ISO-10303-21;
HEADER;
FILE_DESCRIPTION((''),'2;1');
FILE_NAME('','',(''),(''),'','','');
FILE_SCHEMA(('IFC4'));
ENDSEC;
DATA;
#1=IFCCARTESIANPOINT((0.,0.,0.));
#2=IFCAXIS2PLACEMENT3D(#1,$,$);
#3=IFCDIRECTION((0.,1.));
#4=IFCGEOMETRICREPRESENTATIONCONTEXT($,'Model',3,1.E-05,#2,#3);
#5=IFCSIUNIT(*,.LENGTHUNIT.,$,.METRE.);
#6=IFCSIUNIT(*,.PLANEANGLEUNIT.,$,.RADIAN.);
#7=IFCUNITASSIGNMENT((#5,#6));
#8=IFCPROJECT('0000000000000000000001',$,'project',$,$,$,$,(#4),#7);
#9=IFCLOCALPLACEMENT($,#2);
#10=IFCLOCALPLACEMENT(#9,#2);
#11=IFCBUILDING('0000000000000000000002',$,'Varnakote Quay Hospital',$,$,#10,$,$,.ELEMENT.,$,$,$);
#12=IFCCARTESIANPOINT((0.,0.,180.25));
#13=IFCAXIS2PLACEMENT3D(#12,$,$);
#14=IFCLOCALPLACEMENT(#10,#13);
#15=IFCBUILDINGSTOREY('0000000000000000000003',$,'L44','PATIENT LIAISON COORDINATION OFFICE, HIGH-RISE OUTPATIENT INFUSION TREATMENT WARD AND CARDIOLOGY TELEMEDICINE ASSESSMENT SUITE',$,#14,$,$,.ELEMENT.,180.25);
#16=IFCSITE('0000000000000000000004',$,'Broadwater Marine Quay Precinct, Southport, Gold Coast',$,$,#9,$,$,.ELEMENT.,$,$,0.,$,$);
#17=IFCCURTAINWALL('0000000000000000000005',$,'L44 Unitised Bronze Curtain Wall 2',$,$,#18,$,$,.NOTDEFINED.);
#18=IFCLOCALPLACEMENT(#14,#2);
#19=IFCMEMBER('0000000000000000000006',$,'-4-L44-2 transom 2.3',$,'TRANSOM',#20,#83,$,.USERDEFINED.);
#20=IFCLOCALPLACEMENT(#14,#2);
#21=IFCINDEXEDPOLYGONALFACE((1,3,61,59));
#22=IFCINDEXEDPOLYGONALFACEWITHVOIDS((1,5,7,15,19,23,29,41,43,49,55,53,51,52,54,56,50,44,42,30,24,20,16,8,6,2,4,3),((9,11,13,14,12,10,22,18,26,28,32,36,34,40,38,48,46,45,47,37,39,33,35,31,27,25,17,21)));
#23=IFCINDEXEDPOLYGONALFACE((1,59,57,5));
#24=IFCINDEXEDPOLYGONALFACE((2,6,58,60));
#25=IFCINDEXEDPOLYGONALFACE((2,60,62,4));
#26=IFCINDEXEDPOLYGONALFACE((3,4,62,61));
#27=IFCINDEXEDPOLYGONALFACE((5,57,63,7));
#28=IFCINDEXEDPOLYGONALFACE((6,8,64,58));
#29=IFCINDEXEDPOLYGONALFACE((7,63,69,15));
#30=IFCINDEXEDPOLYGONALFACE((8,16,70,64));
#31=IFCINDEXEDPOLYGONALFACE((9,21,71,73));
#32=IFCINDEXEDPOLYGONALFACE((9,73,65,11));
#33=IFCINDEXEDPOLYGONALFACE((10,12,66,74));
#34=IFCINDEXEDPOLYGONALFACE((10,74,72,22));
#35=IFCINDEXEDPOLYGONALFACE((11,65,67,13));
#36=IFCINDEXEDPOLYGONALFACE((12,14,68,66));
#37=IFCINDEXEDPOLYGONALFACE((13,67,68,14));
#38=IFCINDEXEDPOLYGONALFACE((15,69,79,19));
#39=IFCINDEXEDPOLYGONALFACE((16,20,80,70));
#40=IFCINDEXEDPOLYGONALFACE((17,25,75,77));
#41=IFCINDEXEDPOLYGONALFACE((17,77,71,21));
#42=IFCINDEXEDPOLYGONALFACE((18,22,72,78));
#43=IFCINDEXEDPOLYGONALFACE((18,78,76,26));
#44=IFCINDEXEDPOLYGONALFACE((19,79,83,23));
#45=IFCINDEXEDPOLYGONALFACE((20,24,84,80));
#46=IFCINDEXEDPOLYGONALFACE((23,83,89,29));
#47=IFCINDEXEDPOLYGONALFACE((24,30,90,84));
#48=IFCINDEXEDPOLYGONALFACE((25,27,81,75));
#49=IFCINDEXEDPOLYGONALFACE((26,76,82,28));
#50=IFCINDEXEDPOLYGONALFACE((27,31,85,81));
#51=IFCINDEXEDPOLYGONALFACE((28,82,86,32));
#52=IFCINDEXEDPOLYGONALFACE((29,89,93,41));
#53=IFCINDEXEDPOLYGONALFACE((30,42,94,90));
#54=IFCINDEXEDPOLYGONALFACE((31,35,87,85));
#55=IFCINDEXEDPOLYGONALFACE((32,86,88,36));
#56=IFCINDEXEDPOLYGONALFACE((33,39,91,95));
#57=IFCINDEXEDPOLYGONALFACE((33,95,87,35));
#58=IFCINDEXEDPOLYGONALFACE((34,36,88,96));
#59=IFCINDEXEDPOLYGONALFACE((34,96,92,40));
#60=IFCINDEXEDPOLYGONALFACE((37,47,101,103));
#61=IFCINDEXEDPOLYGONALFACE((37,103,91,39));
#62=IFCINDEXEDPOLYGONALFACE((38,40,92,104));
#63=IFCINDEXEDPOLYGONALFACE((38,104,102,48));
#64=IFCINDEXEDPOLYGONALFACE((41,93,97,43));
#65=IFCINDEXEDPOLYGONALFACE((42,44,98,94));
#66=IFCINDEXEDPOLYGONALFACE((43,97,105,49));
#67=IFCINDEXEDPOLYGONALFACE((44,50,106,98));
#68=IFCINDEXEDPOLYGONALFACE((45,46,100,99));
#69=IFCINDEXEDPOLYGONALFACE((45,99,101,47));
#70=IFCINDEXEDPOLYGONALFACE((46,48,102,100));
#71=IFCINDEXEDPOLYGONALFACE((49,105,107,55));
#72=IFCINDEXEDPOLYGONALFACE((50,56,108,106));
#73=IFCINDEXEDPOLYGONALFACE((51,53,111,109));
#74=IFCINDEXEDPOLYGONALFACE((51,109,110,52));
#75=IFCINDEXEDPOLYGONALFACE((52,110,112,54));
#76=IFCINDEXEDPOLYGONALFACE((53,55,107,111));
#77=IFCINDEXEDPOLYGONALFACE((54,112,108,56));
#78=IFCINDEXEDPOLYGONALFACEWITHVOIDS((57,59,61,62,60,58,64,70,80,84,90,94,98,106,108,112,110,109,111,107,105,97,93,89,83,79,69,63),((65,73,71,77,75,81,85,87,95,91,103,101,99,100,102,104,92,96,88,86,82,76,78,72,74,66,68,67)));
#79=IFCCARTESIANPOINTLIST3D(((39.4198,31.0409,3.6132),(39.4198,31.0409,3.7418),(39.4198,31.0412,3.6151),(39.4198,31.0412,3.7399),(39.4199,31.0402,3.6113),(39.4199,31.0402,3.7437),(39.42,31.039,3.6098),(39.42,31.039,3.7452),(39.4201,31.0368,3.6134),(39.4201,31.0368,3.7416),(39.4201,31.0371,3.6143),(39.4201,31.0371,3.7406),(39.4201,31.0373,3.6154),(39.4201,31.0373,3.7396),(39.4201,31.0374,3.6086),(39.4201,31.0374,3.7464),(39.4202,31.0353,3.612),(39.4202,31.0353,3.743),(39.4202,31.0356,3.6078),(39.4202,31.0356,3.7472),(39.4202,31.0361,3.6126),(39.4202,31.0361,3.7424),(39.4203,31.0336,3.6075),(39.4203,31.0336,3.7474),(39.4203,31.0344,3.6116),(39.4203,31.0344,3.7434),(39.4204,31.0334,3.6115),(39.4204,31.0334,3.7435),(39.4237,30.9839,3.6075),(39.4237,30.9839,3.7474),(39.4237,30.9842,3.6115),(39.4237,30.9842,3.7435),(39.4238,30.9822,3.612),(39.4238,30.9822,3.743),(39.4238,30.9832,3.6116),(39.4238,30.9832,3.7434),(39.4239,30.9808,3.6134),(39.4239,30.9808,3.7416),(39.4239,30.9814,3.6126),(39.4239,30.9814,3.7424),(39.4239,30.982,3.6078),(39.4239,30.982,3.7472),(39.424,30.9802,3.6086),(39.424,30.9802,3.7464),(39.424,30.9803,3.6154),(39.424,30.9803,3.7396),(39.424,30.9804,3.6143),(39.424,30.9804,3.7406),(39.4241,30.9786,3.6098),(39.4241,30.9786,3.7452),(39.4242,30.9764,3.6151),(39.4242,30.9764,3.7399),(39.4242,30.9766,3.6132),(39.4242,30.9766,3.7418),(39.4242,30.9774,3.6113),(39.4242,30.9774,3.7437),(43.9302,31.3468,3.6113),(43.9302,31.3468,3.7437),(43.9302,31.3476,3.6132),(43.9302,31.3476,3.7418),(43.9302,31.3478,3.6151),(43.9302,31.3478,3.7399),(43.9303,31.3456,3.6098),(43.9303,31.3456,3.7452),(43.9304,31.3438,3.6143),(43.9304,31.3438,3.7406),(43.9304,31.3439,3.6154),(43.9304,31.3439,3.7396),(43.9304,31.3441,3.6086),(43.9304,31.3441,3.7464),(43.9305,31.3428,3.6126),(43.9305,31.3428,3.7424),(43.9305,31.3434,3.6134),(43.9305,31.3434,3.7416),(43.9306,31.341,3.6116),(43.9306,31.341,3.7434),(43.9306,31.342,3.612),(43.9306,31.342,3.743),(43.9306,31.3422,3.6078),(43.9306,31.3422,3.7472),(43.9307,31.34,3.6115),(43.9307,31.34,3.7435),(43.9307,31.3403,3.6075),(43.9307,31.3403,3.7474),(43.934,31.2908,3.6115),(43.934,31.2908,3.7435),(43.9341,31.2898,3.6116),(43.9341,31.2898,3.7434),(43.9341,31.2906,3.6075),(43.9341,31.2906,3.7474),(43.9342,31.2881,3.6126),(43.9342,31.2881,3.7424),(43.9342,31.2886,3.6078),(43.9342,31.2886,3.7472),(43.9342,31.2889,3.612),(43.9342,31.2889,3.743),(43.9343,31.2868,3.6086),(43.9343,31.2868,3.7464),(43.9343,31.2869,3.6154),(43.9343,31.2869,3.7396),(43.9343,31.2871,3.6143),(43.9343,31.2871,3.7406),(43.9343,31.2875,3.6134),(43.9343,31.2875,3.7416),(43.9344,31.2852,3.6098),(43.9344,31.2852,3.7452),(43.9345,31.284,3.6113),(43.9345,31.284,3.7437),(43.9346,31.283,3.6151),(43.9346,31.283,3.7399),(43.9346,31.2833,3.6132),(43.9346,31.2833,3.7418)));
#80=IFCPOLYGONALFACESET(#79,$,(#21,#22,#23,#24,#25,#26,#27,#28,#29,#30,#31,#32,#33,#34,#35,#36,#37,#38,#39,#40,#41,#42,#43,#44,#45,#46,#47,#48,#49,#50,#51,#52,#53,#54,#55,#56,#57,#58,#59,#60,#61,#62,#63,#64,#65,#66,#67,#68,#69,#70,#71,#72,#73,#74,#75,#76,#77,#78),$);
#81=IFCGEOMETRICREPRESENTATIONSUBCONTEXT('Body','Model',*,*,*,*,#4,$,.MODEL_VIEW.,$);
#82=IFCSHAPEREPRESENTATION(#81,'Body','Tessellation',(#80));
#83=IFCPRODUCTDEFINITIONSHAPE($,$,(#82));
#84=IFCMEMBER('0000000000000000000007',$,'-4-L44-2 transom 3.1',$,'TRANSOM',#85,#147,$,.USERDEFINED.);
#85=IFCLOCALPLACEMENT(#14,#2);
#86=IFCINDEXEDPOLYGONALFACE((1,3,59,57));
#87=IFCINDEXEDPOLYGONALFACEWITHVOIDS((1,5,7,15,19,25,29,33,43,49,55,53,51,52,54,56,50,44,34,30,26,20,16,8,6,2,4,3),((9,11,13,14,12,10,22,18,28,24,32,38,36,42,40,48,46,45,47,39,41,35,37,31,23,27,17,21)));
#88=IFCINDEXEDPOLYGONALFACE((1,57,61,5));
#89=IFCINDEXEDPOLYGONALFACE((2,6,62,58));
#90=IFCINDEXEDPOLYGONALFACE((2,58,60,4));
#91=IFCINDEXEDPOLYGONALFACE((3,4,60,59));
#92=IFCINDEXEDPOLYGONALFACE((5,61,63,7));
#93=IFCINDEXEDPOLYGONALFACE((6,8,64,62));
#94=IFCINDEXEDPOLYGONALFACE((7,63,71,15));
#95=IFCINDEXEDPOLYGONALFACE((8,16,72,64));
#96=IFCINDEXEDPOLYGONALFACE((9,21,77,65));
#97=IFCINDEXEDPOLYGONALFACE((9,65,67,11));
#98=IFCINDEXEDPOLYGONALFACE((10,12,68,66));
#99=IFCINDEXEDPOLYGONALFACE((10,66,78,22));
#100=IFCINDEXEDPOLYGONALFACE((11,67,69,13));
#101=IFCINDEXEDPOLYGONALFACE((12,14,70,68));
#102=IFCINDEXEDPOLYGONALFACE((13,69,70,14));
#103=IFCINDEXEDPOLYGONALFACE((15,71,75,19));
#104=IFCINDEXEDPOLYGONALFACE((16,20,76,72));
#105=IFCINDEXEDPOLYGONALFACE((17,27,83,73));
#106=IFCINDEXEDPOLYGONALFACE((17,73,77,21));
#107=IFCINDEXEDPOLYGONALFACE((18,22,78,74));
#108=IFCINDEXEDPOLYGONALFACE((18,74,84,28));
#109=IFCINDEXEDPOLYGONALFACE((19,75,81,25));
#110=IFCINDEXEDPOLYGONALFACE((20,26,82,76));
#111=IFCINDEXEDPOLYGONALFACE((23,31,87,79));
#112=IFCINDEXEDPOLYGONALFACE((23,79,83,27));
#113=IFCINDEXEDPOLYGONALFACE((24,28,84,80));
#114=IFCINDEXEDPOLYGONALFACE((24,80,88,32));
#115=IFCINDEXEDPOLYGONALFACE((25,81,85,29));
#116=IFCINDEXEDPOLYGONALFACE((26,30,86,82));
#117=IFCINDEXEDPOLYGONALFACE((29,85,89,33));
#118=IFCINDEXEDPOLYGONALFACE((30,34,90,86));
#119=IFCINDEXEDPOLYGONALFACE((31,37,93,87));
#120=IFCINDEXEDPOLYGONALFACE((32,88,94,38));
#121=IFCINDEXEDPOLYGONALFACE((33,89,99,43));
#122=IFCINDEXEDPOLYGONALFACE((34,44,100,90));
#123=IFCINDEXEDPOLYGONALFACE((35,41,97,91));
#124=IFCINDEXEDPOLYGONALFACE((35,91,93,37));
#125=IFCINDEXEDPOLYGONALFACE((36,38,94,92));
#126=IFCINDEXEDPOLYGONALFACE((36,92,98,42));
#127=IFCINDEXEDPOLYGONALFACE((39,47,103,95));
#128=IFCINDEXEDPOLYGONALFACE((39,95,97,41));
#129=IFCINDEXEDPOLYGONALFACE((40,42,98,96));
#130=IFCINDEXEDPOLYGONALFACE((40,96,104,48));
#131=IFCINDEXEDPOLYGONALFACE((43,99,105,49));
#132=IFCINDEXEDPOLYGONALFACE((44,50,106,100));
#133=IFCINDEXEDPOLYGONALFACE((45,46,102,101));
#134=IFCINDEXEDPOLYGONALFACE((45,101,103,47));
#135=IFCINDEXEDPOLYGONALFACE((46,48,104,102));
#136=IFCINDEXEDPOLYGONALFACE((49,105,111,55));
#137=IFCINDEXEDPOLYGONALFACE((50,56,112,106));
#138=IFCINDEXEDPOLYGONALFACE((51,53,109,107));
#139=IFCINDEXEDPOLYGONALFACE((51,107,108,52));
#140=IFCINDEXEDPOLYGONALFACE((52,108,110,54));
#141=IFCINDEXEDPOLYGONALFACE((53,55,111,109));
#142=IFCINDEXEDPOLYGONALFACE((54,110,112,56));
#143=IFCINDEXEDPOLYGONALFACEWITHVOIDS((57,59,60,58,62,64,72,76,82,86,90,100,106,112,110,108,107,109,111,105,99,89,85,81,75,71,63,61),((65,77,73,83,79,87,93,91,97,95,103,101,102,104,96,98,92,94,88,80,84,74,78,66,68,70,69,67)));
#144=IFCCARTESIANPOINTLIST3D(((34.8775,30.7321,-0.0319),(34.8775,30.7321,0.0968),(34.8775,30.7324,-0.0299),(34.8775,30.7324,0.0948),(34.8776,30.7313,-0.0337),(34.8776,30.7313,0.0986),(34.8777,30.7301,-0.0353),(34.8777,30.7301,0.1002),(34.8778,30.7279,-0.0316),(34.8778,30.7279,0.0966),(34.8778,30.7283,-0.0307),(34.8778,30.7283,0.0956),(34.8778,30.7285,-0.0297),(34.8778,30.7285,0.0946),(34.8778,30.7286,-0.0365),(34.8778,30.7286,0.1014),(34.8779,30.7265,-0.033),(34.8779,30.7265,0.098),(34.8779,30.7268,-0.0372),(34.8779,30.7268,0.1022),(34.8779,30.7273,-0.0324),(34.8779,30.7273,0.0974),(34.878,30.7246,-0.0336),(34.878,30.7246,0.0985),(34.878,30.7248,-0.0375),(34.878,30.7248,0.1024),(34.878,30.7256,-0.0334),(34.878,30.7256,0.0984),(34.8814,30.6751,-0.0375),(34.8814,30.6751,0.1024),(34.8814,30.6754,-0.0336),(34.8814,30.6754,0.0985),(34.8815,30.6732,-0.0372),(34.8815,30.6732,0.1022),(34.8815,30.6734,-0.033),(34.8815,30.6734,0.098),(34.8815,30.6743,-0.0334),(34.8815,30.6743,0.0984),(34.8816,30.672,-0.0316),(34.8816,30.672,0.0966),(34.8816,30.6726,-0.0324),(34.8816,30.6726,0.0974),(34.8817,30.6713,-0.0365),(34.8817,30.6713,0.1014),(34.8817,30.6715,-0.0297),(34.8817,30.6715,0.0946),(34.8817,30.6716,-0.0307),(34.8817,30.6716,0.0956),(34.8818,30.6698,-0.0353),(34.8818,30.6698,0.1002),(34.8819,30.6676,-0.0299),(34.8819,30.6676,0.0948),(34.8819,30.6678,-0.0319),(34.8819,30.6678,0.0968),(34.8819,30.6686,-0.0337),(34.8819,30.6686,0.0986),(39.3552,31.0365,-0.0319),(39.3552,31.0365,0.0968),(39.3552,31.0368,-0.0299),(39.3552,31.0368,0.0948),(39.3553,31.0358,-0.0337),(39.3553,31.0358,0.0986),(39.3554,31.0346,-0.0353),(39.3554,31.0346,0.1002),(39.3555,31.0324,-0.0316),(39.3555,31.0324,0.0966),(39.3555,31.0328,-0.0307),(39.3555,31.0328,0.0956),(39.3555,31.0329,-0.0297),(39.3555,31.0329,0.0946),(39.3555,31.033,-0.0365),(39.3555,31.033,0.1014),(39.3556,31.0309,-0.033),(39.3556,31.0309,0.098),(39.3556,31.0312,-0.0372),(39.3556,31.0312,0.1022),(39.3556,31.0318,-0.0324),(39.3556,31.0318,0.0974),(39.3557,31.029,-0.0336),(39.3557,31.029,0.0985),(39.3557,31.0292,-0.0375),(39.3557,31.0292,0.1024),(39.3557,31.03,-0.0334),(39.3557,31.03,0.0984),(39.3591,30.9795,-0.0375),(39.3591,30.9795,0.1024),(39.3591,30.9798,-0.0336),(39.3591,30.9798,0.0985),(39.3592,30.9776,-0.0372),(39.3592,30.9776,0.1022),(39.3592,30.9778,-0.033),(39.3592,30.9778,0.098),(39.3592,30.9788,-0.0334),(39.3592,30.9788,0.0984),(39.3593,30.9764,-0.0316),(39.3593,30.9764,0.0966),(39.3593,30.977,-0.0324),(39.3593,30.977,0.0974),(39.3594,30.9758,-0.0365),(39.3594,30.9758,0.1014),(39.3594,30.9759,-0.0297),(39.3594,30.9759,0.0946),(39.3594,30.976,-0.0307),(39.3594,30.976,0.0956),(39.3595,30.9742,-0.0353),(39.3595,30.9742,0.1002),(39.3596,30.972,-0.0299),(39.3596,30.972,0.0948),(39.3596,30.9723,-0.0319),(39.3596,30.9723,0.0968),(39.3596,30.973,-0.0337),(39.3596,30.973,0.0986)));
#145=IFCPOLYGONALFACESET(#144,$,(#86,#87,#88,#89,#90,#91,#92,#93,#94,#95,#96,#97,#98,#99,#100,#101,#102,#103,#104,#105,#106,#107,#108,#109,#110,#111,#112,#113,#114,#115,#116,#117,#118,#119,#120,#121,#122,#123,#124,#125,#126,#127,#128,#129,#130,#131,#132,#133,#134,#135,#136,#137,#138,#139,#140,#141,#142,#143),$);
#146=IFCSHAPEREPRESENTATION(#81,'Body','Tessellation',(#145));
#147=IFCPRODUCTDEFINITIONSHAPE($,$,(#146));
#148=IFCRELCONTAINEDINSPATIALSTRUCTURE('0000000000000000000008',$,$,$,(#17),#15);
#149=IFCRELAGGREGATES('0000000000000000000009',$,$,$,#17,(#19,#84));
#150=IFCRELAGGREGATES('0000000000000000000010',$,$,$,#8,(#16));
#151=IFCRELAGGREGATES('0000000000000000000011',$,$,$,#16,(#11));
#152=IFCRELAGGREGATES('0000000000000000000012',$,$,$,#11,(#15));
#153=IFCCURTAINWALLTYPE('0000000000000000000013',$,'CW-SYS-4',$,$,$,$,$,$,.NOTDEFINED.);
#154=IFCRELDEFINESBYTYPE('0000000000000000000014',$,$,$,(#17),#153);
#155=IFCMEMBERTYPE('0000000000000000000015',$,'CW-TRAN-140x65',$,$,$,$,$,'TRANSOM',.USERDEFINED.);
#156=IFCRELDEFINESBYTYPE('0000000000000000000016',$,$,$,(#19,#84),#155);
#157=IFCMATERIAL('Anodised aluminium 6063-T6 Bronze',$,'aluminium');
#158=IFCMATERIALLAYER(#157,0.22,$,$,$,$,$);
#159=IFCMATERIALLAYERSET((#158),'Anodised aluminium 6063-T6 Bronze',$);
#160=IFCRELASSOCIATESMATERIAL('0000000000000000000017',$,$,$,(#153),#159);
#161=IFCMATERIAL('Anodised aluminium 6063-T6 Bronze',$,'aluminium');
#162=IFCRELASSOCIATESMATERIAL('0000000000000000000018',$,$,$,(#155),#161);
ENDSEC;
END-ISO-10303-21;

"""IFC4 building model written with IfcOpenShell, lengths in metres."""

from ifc_helpers import new_model, si_unit, direction, frame, origin, origin_2d, place, context, subcontext, project, spatial, hollow_rectangle, extrude, material, layer, layer_set, material_profile, profile_set, type_object, element, aggregate, save


model = new_model("IFC4")

# Units and contexts
model_context = context("Model", 3, precision=1e-05, world=origin(), true_north=direction((0.0, 1.0)))
body_context = subcontext(model_context, "Body", "Model", "MODEL_VIEW")
ifc_project = project(units=[si_unit("LENGTHUNIT", "METRE"), si_unit("PLANEANGLEUNIT", "RADIAN")], contexts=[model_context])

# Site, building, storey
site_placement = place(None, origin())
site = spatial("IfcSite", under=ifc_project, at=site_placement, Name="Broadwater Marine Quay Precinct, Southport, Gold Coast", CompositionType="ELEMENT", RefElevation=0.0)
building_placement = place(site_placement, origin())
building = spatial("IfcBuilding", under=site, at=building_placement, Name="Varnakote Quay Hospital", CompositionType="ELEMENT")
storey_placement = place(building_placement, frame((0.0, 0.0, 180.25)))
storey = spatial("IfcBuildingStorey", under=building, at=storey_placement, Name="L44", Description="PATIENT LIAISON COORDINATION OFFICE, HIGH-RISE OUTPATIENT INFUSION TREATMENT WARD AND CARDIOLOGY TELEMEDICINE ASSESSMENT SUITE", CompositionType="ELEMENT", Elevation=180.25)

# Curtain wall, members
ifc_material_1 = material(Name="Anodised aluminium 6063-T6 Bronze", Category="aluminium")
ifc_layer_1 = layer(ifc_material_1, 0.22)
ifc_layer_set_1 = layer_set([ifc_layer_1], Name="Anodised aluminium 6063-T6 Bronze")
curtain_wall_type = type_object("IfcCurtainWallType", Name="CW-SYS-4", PredefinedType="NOTDEFINED", material=ifc_layer_set_1)
curtain_wall_placement = place(storey_placement, origin())
curtain_wall = element("IfcCurtainWall", 1, at=curtain_wall_placement, inside=storey, type_object=curtain_wall_type, Name="L44 Unitised Bronze Curtain Wall 2", PredefinedType="NOTDEFINED")
ifc_material_2 = material(Name="Anodised aluminium 6063-T6 Bronze", Category="aluminium")
ifc_material_profile_1 = material_profile(ifc_material_2, hollow_rectangle(XDim=0.0649, YDim=0.1399, WallThickness=0.0039, InnerFilletRadius=0.0039, OuterFilletRadius=0.0076, at=origin_2d()), Name="CW-TRAN-140x65")
ifc_profile_set_1 = profile_set([ifc_material_profile_1], Name="Anodised aluminium 6063-T6 Bronze")
member_type_1 = type_object("IfcMemberType", Name="CW-TRAN-140x65", ElementType="TRANSOM", PredefinedType="USERDEFINED", material=ifc_profile_set_1)
member_1_placement = place(storey_placement, frame((43.9324, 31.3154, 3.6775), z_axis=(-0.997697, -0.067831, 0.0), x_axis=(0.067831, -0.997697, 0.0)))
member_1 = element("IfcMember", 2, at=member_1_placement, type_object=member_type_1, Name="-4-L44-2 transom 2.3", ObjectType="TRANSOM", PredefinedType="USERDEFINED", context=body_context, shape_type="SweptSolid", body=[
    extrude(hollow_rectangle(XDim=0.0649, YDim=0.1399, WallThickness=0.0039, InnerFilletRadius=0.0039, OuterFilletRadius=0.0076, at=origin_2d()), origin(), (0.0, 0.0, 1.0), 4.5208),
])
member_2_placement = place(storey_placement, frame((39.3574, 31.0044, 0.0325), z_axis=(-0.997697, -0.067833, 0.0), x_axis=(0.067833, -0.997697, 0.0)))
member_2 = element("IfcMember", 3, at=member_2_placement, type_object=member_type_1, Name="-4-L44-2 transom 3.1", ObjectType="TRANSOM", PredefinedType="USERDEFINED", context=body_context, shape_type="SweptSolid", body=[
    extrude(hollow_rectangle(XDim=0.0649, YDim=0.1399, WallThickness=0.0039, InnerFilletRadius=0.0039, OuterFilletRadius=0.0076, at=origin_2d()), origin(), (0.0, 0.0, 1.0), 4.488),
])

aggregate(curtain_wall, [member_1, member_2])

save(model, "model.ifc")
